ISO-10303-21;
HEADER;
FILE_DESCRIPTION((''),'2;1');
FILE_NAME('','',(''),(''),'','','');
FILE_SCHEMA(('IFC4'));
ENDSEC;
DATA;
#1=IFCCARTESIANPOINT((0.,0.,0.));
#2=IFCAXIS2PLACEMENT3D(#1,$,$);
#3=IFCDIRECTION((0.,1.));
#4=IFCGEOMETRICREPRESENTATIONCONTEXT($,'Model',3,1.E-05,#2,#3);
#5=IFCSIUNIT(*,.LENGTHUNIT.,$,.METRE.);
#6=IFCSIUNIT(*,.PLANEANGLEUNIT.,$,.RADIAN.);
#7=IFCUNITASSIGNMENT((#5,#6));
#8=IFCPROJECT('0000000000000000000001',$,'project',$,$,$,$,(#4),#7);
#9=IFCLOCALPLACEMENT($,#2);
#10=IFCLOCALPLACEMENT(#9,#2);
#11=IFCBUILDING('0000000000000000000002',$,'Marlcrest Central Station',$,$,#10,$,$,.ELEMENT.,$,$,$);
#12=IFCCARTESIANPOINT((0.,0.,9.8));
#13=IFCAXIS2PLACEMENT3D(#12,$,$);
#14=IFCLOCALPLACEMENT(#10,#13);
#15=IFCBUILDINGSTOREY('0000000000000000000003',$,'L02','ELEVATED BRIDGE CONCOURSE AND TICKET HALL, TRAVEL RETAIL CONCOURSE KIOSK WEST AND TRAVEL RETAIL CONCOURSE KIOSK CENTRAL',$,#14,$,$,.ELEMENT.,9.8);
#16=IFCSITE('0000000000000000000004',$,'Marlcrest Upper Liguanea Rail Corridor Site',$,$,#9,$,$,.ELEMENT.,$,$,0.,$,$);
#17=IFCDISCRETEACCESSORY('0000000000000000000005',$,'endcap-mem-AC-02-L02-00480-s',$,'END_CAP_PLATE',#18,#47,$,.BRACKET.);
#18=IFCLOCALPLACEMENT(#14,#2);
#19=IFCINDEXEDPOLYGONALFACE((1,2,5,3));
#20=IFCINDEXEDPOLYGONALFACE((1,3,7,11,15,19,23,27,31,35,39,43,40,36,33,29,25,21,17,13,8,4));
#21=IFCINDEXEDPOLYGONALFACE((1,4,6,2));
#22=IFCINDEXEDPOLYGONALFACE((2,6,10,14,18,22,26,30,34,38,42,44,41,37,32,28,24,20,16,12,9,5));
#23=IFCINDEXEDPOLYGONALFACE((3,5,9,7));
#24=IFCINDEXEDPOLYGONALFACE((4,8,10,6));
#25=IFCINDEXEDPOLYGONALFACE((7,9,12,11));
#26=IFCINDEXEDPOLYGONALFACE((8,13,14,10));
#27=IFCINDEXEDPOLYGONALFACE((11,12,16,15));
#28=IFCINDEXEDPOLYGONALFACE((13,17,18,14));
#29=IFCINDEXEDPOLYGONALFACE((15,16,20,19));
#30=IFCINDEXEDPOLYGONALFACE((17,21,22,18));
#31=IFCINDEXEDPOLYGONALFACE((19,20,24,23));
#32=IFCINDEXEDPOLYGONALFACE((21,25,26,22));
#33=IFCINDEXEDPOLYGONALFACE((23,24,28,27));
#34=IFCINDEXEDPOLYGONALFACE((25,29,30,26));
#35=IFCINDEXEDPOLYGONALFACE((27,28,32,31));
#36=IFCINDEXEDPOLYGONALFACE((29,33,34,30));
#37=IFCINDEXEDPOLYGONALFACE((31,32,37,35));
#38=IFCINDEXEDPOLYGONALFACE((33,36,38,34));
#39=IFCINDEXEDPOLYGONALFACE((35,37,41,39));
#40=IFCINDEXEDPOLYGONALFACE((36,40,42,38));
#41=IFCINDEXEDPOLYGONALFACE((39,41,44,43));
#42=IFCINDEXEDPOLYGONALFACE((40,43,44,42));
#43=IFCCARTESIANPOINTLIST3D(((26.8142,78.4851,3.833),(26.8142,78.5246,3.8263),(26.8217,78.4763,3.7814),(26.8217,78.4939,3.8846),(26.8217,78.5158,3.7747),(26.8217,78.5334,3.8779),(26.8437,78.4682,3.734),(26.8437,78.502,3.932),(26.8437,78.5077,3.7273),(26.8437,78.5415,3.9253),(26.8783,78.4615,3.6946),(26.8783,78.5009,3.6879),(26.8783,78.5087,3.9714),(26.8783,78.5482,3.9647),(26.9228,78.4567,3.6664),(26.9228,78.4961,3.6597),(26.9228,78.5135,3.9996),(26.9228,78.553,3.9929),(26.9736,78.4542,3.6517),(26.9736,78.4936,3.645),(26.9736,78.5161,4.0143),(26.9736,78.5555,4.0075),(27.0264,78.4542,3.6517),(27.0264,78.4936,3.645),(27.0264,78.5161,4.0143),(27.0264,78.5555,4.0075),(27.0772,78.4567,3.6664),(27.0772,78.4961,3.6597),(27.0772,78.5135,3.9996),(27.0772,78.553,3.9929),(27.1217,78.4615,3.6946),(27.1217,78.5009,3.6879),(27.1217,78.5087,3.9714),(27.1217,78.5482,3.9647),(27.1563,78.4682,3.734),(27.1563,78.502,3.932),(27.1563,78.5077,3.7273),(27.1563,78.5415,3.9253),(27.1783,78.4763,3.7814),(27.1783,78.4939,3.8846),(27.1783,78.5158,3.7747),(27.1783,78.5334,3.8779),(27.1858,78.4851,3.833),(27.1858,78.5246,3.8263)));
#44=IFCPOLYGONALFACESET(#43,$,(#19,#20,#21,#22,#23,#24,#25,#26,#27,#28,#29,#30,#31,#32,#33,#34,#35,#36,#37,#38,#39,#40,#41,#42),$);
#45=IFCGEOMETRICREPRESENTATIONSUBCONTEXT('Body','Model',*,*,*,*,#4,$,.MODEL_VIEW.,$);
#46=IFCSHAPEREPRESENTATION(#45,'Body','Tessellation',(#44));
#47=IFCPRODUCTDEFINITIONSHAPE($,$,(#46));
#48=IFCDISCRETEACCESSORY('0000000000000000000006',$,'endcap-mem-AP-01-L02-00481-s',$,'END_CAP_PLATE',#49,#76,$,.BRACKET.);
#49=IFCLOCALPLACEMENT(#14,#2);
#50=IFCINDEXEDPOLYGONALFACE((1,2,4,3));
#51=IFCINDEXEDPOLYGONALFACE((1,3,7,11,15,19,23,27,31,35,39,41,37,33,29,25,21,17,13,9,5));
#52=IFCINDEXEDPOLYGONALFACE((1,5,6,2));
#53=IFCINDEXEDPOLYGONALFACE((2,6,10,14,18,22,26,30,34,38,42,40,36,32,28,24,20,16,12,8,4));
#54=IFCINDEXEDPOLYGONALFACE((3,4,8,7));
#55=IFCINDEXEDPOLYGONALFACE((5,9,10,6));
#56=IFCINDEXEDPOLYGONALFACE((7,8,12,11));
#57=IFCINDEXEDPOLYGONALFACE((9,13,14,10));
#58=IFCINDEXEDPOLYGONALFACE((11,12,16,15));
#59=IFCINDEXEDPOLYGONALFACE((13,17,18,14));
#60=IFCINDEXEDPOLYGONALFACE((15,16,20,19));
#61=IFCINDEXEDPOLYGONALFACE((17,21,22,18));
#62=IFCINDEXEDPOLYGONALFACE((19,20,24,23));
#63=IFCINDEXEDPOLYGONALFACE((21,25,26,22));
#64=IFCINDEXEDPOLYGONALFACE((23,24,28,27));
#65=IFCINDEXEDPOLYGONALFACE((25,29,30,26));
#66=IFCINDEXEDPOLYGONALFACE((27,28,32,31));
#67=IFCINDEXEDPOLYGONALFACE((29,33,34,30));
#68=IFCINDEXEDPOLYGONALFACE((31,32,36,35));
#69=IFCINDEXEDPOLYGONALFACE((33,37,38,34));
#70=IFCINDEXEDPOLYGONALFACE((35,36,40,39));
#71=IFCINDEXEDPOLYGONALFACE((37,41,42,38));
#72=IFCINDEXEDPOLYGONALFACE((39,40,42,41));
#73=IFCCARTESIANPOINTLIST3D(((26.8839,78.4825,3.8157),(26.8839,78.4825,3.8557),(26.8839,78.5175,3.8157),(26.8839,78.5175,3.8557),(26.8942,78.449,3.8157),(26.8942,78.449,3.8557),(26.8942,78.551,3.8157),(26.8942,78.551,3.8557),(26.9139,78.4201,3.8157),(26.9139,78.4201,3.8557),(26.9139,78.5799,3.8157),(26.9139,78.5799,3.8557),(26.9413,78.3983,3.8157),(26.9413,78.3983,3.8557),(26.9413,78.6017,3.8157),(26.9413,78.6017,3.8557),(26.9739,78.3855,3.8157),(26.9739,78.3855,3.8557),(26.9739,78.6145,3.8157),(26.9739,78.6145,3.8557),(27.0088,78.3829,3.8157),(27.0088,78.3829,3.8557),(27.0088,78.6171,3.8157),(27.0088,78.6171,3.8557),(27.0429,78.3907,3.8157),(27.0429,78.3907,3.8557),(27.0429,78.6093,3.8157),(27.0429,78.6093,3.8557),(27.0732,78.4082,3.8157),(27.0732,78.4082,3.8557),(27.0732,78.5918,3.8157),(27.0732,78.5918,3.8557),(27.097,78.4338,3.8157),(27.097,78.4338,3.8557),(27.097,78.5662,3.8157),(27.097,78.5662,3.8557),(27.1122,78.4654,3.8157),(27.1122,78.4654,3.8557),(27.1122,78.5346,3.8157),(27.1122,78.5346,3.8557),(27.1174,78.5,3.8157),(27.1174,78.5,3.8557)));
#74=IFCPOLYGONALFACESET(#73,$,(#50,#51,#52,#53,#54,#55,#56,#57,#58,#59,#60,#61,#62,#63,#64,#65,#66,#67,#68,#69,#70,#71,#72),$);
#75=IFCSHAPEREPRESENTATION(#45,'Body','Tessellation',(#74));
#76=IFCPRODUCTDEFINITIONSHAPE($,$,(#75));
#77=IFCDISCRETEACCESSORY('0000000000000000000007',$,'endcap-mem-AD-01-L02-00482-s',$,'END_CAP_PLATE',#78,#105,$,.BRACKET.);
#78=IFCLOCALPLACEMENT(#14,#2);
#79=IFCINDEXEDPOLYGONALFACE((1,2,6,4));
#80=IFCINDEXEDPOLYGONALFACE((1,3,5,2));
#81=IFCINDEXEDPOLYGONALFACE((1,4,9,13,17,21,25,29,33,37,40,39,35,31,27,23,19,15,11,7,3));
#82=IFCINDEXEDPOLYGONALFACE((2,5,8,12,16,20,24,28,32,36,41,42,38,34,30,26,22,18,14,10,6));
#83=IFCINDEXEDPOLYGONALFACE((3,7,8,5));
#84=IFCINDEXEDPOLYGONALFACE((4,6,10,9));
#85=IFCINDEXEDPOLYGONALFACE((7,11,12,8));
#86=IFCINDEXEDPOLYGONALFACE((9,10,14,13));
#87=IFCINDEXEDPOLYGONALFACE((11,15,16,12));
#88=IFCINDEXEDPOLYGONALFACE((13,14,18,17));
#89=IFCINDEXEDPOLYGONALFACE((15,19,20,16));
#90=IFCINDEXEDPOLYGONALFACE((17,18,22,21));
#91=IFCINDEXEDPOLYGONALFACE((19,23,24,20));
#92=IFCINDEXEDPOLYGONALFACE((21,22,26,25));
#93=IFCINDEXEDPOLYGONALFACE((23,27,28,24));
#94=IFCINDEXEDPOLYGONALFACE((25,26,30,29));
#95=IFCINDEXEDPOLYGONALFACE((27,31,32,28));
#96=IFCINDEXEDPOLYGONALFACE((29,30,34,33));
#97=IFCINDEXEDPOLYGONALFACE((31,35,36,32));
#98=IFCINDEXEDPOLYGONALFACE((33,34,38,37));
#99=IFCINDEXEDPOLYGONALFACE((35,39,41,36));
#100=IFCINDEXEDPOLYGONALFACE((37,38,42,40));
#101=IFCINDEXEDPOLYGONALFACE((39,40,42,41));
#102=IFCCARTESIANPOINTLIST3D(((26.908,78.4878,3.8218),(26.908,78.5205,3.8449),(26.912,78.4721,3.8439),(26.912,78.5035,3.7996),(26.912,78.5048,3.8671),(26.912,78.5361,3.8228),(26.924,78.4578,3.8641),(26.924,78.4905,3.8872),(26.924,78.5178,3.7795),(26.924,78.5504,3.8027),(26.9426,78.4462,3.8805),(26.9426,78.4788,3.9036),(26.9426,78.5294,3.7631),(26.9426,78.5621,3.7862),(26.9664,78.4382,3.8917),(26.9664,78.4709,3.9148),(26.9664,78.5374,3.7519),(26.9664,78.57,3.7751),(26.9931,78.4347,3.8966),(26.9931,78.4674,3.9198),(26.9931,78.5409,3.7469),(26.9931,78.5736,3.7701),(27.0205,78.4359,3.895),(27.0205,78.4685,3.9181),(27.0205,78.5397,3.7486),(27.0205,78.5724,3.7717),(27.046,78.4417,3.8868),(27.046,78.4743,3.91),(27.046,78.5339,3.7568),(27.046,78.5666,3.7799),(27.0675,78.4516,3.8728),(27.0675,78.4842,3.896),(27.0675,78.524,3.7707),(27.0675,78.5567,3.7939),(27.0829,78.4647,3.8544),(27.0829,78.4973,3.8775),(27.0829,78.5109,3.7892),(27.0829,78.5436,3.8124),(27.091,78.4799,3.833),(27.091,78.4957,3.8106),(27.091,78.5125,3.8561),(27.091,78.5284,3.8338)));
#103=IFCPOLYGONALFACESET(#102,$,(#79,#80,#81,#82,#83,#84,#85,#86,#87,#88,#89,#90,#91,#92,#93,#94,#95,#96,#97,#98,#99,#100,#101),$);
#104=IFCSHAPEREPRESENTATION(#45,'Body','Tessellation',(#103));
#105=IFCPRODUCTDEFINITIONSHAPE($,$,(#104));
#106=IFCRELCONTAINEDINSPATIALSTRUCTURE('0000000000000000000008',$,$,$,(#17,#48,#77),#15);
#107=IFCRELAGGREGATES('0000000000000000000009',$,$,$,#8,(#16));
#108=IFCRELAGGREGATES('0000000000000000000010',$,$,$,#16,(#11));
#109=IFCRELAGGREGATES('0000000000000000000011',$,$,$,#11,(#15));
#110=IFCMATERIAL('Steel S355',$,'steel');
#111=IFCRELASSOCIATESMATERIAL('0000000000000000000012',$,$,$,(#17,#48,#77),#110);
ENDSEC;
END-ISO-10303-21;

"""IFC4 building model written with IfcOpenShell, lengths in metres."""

from ifc_helpers import new_model, si_unit, direction, frame, origin, origin_2d, place, context, subcontext, project, spatial, circle, extrude, material, element, save


model = new_model("IFC4")

# Units and contexts
model_context = context("Model", 3, precision=1e-05, world=origin(), true_north=direction((0.0, 1.0)))
body_context = subcontext(model_context, "Body", "Model", "MODEL_VIEW")
ifc_project = project(units=[si_unit("LENGTHUNIT", "METRE"), si_unit("PLANEANGLEUNIT", "RADIAN")], contexts=[model_context])

# Site, building, storey
site_placement = place(None, origin())
site = spatial("IfcSite", under=ifc_project, at=site_placement, Name="Marlcrest Upper Liguanea Rail Corridor Site", CompositionType="ELEMENT", RefElevation=0.0)
building_placement = place(site_placement, origin())
building = spatial("IfcBuilding", under=site, at=building_placement, Name="Marlcrest Central Station", CompositionType="ELEMENT")
storey_placement = place(building_placement, frame((0.0, 0.0, 9.8)))
storey = spatial("IfcBuildingStorey", under=building, at=storey_placement, Name="L02", Description="ELEVATED BRIDGE CONCOURSE AND TICKET HALL, TRAVEL RETAIL CONCOURSE KIOSK WEST AND TRAVEL RETAIL CONCOURSE KIOSK CENTRAL", CompositionType="ELEMENT", Elevation=9.8)

# Shared definitions
ifc_material_1 = material(Name="Steel S355", Category="steel")

# Discrete accessories
discrete_accessory_1_placement = place(storey_placement, frame((27.0, 78.4851, 3.833), z_axis=(0.0, 0.985741, -0.168269), x_axis=(-1.0, 0.0, 0.0)))
element("IfcDiscreteAccessory", 1, at=discrete_accessory_1_placement, inside=storey, material=ifc_material_1, Name="endcap-mem-AC-02-L02-00480-s", ObjectType="END_CAP_PLATE", PredefinedType="BRACKET", context=body_context, shape_type="SweptSolid", body=[
    extrude(circle(Radius=0.1858, at=origin_2d()), origin(), (0.0, 0.0, 1.0), 0.04),
])
discrete_accessory_2_placement = place(storey_placement, frame((27.0, 78.5, 3.8157), z_axis=(0.0, 0.0, 1.0), x_axis=(1.0, 0.0, 0.0)))
element("IfcDiscreteAccessory", 2, at=discrete_accessory_2_placement, inside=storey, material=ifc_material_1, Name="endcap-mem-AP-01-L02-00481-s", ObjectType="END_CAP_PLATE", PredefinedType="BRACKET", context=body_context, shape_type="SweptSolid", body=[
    extrude(circle(Radius=0.1174, at=origin_2d()), origin(), (0.0, 0.0, 1.0), 0.04),
])
discrete_accessory_3_placement = place(storey_placement, frame((27.0, 78.4878, 3.8218), z_axis=(0.0, 0.815661, 0.57853), x_axis=(-1.0, 0.0, 0.0)))
element("IfcDiscreteAccessory", 3, at=discrete_accessory_3_placement, inside=storey, material=ifc_material_1, Name="endcap-mem-AD-01-L02-00482-s", ObjectType="END_CAP_PLATE", PredefinedType="BRACKET", context=body_context, shape_type="SweptSolid", body=[
    extrude(circle(Radius=0.092, at=origin_2d()), origin(), (0.0, 0.0, 1.0), 0.04),
])

save(model, "model.ifc")
